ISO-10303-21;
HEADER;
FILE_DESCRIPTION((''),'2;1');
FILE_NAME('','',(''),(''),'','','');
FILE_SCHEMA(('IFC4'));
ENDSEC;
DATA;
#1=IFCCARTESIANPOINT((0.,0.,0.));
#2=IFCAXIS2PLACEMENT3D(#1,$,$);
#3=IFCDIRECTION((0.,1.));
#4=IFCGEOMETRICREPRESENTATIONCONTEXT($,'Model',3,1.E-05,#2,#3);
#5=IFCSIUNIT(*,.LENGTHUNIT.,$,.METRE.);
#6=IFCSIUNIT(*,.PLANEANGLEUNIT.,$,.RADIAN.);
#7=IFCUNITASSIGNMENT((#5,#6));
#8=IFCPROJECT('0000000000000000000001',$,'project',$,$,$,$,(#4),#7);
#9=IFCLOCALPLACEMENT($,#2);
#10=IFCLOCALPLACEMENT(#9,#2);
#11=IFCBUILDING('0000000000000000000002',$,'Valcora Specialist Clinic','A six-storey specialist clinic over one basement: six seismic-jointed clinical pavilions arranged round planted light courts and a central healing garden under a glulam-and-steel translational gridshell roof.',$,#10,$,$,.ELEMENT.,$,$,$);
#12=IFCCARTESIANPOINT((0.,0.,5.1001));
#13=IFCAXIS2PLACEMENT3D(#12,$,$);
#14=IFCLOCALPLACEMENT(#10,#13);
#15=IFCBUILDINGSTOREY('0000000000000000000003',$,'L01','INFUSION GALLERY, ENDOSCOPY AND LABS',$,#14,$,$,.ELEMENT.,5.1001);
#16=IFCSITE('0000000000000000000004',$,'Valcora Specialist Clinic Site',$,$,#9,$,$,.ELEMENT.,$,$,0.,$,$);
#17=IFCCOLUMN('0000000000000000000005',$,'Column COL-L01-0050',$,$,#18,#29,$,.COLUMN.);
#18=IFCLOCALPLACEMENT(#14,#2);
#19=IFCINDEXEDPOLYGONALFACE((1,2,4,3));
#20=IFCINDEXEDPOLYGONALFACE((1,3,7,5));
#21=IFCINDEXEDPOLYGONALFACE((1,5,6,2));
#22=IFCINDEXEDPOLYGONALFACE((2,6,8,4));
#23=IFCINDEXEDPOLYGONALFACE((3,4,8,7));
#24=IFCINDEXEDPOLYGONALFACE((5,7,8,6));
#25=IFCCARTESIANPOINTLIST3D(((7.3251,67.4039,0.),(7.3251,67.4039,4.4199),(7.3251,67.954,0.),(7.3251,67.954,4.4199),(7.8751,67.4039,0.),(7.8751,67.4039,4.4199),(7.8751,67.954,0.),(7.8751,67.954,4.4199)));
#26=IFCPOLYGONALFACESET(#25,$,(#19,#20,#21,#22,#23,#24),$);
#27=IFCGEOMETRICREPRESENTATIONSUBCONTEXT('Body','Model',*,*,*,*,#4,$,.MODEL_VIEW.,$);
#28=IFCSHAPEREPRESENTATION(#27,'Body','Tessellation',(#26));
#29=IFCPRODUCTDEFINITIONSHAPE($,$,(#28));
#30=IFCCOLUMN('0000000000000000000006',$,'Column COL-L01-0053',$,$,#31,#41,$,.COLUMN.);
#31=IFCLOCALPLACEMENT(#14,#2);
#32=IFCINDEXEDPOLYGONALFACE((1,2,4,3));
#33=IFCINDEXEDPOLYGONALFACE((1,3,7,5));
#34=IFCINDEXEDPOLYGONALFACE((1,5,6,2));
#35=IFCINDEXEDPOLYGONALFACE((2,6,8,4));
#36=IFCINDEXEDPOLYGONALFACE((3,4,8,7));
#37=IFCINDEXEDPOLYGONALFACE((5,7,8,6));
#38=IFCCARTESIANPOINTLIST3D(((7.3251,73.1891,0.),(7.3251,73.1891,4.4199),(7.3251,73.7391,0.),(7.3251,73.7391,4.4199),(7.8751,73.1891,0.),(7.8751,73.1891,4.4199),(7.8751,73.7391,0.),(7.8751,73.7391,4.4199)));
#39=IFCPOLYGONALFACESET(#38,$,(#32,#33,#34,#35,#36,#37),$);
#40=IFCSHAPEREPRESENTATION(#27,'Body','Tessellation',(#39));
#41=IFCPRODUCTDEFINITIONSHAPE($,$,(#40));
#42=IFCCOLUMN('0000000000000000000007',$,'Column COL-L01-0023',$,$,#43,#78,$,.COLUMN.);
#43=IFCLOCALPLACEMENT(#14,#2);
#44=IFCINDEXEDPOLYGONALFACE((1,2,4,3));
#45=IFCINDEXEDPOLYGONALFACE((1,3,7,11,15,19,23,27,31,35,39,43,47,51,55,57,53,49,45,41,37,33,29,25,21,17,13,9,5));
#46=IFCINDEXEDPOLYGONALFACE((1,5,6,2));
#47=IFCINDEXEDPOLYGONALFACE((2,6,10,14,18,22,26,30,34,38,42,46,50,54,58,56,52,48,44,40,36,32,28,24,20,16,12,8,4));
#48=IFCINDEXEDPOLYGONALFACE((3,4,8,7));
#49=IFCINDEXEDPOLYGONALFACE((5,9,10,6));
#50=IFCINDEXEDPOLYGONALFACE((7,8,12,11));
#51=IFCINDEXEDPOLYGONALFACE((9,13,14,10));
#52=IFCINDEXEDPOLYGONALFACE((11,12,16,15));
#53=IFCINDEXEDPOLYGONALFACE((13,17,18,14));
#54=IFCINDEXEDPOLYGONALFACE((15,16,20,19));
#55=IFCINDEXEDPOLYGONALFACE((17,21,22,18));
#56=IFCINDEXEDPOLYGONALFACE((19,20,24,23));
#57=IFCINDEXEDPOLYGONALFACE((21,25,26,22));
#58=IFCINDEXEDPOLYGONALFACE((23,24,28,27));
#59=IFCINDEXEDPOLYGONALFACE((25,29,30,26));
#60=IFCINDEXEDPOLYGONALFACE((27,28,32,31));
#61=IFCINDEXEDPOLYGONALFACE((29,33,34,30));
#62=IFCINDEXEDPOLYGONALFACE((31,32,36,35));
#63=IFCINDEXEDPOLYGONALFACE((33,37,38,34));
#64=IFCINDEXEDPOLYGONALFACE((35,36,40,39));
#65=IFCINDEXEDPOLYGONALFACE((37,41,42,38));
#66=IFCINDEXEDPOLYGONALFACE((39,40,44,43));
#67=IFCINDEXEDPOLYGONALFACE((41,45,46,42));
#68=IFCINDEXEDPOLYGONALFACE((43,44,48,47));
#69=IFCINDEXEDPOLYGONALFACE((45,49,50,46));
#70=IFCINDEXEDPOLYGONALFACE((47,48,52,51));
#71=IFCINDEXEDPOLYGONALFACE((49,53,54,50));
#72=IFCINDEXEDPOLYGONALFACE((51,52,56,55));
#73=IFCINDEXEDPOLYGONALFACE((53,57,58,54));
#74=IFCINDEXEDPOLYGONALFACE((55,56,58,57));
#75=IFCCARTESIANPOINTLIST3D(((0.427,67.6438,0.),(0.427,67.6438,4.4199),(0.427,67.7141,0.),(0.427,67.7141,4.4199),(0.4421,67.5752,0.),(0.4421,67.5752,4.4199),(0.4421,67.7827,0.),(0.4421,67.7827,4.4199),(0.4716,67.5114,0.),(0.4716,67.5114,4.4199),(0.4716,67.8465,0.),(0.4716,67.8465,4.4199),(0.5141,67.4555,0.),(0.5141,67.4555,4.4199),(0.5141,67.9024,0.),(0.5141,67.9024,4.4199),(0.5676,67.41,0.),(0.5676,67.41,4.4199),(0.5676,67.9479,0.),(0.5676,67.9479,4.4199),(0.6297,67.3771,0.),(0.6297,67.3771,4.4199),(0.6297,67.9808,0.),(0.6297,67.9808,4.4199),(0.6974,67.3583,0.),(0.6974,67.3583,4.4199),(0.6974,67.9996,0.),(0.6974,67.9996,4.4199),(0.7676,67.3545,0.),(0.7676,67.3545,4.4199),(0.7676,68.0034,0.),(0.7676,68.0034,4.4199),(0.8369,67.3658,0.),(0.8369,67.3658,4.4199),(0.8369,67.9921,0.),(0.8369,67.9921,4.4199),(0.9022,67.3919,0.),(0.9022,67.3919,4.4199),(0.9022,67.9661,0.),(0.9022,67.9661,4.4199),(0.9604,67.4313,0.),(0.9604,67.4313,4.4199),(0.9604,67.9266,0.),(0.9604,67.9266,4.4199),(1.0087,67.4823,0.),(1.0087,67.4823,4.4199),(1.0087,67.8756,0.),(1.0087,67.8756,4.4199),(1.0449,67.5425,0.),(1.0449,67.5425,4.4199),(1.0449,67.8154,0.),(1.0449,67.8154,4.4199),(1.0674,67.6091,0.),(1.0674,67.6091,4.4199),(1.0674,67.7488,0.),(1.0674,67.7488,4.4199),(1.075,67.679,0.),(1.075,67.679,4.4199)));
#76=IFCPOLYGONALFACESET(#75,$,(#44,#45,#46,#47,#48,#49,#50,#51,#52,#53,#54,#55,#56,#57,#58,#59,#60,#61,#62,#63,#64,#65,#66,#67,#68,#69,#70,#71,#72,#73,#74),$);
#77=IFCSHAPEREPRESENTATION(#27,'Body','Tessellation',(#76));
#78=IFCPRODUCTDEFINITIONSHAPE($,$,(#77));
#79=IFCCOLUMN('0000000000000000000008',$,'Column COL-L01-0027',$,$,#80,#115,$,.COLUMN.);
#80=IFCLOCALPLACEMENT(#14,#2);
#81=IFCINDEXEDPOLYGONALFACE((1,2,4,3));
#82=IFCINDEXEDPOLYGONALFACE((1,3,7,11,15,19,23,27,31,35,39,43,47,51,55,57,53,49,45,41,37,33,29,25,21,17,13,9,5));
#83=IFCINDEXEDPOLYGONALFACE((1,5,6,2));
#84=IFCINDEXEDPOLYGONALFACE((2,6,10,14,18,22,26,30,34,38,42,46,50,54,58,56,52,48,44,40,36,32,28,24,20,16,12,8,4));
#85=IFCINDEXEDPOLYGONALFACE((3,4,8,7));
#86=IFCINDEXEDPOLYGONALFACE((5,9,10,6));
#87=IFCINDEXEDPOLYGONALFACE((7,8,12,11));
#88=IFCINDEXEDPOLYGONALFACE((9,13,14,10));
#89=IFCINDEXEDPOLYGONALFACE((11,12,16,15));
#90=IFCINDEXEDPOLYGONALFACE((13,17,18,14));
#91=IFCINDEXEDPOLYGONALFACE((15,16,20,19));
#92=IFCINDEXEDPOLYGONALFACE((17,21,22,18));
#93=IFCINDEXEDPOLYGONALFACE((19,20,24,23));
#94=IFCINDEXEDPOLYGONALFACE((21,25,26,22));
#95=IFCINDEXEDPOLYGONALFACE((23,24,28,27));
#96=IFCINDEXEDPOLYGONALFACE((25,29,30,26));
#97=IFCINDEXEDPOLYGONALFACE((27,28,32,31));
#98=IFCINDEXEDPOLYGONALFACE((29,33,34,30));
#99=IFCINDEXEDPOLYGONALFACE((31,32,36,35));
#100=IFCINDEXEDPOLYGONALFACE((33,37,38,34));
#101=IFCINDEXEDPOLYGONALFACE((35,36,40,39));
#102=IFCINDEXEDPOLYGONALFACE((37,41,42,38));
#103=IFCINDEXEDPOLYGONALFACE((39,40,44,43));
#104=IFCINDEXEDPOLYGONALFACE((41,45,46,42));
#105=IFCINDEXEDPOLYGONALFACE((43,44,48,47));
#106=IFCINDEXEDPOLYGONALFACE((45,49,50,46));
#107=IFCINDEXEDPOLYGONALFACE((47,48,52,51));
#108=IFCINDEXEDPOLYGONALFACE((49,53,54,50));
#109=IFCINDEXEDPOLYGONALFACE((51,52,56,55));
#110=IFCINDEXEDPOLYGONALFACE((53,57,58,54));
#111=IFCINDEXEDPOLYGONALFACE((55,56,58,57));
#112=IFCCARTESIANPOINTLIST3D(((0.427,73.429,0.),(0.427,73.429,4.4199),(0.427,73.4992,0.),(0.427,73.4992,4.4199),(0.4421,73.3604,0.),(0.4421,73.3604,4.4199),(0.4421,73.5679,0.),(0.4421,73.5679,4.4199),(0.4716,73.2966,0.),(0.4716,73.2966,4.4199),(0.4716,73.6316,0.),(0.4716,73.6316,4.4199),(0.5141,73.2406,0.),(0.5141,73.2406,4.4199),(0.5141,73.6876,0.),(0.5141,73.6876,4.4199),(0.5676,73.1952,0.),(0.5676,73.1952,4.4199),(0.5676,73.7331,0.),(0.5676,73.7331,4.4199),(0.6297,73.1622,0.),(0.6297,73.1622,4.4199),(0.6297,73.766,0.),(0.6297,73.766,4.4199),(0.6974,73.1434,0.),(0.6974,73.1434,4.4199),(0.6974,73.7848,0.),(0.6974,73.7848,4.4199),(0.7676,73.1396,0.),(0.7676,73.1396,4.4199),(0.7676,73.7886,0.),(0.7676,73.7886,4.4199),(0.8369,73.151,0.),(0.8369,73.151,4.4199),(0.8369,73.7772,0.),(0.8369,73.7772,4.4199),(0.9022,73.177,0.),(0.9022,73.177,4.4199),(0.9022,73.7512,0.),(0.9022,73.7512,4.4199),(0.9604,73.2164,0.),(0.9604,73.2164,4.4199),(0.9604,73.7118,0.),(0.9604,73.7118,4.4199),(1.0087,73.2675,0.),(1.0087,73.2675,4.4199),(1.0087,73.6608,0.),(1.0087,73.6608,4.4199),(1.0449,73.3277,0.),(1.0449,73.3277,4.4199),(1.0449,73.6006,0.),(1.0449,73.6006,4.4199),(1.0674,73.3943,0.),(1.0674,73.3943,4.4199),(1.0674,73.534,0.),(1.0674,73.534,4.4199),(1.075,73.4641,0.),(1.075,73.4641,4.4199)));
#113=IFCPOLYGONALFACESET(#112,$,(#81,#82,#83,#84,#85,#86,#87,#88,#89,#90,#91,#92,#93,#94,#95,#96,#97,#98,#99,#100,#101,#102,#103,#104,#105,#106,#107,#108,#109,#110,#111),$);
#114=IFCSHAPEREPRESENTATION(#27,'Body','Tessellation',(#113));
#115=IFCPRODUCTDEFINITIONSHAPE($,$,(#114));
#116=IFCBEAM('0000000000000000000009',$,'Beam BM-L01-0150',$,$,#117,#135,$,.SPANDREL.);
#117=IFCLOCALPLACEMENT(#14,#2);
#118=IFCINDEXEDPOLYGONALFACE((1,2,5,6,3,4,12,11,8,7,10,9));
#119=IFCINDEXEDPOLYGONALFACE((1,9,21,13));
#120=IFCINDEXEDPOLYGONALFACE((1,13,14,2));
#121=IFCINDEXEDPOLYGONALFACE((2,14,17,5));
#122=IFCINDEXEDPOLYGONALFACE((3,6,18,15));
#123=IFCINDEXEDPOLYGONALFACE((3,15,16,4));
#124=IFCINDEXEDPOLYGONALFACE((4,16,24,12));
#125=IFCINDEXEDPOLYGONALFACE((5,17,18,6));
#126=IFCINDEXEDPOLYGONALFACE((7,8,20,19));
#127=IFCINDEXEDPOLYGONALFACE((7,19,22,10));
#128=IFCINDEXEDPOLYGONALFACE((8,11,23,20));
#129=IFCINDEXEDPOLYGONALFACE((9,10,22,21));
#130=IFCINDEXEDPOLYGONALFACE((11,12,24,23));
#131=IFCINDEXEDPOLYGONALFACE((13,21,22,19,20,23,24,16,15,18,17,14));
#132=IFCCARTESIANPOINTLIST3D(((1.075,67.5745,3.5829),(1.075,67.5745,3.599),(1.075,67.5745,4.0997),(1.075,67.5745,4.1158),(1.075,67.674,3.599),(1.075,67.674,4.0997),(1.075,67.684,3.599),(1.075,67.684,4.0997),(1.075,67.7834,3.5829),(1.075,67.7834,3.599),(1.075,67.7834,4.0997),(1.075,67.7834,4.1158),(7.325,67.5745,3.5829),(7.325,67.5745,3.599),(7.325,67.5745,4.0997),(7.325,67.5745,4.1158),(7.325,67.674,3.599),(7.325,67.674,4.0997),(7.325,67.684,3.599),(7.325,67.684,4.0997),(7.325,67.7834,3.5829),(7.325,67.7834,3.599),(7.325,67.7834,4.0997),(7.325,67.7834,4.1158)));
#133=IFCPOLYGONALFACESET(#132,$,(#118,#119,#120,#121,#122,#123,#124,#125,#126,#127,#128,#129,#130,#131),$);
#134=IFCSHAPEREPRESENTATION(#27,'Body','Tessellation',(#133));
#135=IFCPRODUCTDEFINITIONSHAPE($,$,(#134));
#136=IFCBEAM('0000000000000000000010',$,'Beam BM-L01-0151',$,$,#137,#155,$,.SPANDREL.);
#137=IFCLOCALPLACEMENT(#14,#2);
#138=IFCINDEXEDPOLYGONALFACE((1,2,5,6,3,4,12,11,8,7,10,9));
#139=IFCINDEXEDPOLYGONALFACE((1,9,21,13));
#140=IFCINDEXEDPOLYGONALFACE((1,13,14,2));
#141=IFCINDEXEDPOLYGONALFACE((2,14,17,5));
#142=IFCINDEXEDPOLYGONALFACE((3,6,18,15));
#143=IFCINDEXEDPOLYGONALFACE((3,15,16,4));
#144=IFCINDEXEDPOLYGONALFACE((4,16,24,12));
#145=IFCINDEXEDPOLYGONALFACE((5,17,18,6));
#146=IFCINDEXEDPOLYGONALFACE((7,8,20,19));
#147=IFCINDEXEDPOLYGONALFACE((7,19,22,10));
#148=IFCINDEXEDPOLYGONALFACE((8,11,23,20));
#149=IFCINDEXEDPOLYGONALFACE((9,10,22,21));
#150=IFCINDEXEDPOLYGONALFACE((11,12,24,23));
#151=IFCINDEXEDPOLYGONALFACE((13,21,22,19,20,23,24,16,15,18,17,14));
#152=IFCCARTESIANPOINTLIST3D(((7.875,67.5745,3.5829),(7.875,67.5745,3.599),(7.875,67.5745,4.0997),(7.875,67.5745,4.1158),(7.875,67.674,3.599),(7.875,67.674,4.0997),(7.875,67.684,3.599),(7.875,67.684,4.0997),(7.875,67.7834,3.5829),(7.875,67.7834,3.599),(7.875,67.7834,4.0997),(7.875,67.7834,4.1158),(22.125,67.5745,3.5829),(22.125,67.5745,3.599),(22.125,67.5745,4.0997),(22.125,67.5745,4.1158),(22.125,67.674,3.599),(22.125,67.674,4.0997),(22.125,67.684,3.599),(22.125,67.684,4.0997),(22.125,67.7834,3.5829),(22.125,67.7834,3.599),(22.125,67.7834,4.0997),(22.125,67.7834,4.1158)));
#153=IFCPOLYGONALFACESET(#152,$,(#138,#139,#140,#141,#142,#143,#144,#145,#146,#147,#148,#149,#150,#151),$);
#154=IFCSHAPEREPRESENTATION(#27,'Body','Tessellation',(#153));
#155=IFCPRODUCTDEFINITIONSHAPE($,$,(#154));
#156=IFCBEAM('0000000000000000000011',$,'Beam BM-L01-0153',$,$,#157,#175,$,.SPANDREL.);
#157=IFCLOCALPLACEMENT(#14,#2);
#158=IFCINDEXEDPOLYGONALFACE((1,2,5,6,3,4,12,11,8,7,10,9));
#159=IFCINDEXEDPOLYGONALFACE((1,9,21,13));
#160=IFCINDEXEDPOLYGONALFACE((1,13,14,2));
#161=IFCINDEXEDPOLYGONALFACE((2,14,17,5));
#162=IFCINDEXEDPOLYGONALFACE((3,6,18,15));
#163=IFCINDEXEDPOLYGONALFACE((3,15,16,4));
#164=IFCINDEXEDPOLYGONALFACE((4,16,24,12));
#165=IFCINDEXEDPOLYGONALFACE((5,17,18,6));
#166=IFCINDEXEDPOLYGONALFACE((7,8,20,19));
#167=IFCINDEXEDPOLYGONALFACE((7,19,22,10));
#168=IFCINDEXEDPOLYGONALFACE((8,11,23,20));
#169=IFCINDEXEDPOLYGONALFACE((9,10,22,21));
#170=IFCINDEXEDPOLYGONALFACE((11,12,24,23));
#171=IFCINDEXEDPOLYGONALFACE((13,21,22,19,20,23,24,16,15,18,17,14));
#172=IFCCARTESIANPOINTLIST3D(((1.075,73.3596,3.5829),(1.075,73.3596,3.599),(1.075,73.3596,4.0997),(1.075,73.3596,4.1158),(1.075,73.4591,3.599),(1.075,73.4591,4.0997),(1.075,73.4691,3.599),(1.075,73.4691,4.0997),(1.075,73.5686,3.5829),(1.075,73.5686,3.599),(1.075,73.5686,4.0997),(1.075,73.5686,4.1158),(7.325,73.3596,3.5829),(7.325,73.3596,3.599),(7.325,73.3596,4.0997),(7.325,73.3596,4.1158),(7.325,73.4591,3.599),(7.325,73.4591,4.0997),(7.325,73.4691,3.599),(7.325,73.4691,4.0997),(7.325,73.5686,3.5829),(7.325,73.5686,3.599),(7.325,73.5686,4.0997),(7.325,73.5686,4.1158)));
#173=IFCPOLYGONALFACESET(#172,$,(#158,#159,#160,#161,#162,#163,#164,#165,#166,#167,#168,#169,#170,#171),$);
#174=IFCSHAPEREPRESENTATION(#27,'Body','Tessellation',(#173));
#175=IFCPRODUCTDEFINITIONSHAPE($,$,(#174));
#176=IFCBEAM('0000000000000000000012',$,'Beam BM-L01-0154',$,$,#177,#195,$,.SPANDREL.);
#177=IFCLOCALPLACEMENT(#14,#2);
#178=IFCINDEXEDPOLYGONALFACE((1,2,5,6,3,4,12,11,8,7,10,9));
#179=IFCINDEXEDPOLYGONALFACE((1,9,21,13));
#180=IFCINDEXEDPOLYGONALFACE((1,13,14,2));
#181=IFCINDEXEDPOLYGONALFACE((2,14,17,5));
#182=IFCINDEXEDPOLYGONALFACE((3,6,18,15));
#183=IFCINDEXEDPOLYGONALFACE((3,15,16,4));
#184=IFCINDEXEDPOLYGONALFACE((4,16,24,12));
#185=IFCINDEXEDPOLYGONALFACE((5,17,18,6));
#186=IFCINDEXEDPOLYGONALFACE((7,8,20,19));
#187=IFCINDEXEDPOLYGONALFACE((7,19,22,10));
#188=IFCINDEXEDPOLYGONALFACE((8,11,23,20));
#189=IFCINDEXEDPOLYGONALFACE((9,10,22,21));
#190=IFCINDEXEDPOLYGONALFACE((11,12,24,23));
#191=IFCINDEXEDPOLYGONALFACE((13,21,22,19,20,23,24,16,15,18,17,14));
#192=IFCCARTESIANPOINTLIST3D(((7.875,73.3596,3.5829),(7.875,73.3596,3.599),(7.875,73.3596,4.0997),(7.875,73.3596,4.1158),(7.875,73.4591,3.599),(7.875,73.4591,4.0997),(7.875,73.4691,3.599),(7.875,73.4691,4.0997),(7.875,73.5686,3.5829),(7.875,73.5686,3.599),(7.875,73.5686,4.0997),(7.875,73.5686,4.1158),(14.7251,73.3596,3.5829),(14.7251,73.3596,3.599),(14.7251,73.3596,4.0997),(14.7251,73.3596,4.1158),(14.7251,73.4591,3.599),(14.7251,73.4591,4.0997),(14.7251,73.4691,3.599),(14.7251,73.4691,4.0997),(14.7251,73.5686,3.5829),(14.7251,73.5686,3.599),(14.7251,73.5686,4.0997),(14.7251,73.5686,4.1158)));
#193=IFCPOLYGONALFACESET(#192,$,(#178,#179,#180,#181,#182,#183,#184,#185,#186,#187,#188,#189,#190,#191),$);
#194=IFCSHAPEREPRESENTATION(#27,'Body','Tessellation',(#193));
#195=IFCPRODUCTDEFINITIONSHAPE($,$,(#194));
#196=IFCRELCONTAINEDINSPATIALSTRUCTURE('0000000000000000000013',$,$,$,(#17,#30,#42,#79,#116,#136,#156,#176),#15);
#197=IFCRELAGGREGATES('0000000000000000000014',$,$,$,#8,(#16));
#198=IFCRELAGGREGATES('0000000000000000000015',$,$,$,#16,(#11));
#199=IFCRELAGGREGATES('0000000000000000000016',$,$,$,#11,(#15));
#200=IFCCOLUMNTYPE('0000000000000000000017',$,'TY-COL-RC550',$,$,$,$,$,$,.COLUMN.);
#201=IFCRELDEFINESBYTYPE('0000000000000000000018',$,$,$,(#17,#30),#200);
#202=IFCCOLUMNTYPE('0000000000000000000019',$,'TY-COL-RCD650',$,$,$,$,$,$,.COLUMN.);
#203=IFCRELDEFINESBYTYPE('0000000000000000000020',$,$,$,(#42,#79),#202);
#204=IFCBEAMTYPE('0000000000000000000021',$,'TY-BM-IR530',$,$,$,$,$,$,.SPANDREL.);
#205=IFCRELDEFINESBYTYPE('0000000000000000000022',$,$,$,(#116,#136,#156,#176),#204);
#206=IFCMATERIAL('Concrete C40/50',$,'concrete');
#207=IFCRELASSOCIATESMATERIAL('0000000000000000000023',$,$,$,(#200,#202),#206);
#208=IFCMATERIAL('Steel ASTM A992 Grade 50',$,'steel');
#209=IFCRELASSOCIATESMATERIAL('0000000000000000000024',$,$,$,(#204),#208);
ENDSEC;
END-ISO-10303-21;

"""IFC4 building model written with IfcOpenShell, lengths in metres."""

from ifc_helpers import new_model, si_unit, direction, frame, origin, origin_2d, place, context, subcontext, project, spatial, rectangle, circle, i_section, extrude, material, material_profile, profile_set, type_object, element, save


model = new_model("IFC4")

# Units and contexts
model_context = context("Model", 3, precision=1e-05, world=origin(), true_north=direction((0.0, 1.0)))
body_context = subcontext(model_context, "Body", "Model", "MODEL_VIEW")
ifc_project = project(units=[si_unit("LENGTHUNIT", "METRE"), si_unit("PLANEANGLEUNIT", "RADIAN")], contexts=[model_context])

# Site, building, storey
site_placement = place(None, origin())
site = spatial("IfcSite", under=ifc_project, at=site_placement, Name="Valcora Specialist Clinic Site", CompositionType="ELEMENT", RefElevation=0.0)
building_placement = place(site_placement, origin())
building = spatial("IfcBuilding", under=site, at=building_placement, Name="Valcora Specialist Clinic", Description="A six-storey specialist clinic over one basement: six seismic-jointed clinical pavilions arranged round planted light courts and a central healing garden under a glulam-and-steel translational gridshell roof.", CompositionType="ELEMENT")
storey_placement = place(building_placement, frame((0.0, 0.0, 5.1001)))
storey = spatial("IfcBuildingStorey", under=building, at=storey_placement, Name="L01", Description="INFUSION GALLERY, ENDOSCOPY AND LABS", CompositionType="ELEMENT", Elevation=5.1001)

# Columns
ifc_material_1 = material(Name="Concrete C40/50", Category="concrete")
ifc_material_profile_1 = material_profile(ifc_material_1, rectangle(XDim=0.55, YDim=0.55, at=origin_2d()), Name="RC-COL-550X550")
ifc_profile_set_1 = profile_set([ifc_material_profile_1], Name="Concrete C40/50")
column_type_1 = type_object("IfcColumnType", Name="TY-COL-RC550", PredefinedType="COLUMN", material=ifc_profile_set_1)
for number, where, z_axis, x_axis, name in (
    (1, (7.6001, 67.679, 0.0), (0.0, 0.0, 1.0), (1.0, 0.0, 0.0), "Column COL-L01-0050"),
    (2, (7.6001, 73.4641, 0.0), (0.0, 0.0, 1.0), (1.0, 0.0, 0.0), "Column COL-L01-0053"),
):
    element("IfcColumn", number, at=place(storey_placement, frame(where, z_axis=z_axis, x_axis=x_axis)), inside=storey, type_object=column_type_1, Name=name, PredefinedType="COLUMN", context=body_context, shape_type="SweptSolid", body=[
        extrude(rectangle(XDim=0.55, YDim=0.55, at=origin_2d()), origin(), (0.0, 0.0, 1.0), 4.4199),
    ])
ifc_material_profile_2 = material_profile(ifc_material_1, circle(Radius=0.325, at=origin_2d()), Name="RC-COL-D650")
ifc_profile_set_2 = profile_set([ifc_material_profile_2], Name="Concrete C40/50")
column_type_2 = type_object("IfcColumnType", Name="TY-COL-RCD650", PredefinedType="COLUMN", material=ifc_profile_set_2)
for number, where, z_axis, x_axis, name in (
    (3, (0.75, 67.679, 0.0), (0.0, 0.0, 1.0), (1.0, 0.0, 0.0), "Column COL-L01-0023"),
    (4, (0.75, 73.4641, 0.0), (0.0, 0.0, 1.0), (1.0, 0.0, 0.0), "Column COL-L01-0027"),
):
    element("IfcColumn", number, at=place(storey_placement, frame(where, z_axis=z_axis, x_axis=x_axis)), inside=storey, type_object=column_type_2, Name=name, PredefinedType="COLUMN", context=body_context, shape_type="SweptSolid", body=[
        extrude(circle(Radius=0.325, at=origin_2d()), origin(), (0.0, 0.0, 1.0), 4.4199),
    ])

# Beams
ifc_material_2 = material(Name="Steel ASTM A992 Grade 50", Category="steel")
ifc_material_profile_3 = material_profile(ifc_material_2, i_section(OverallWidth=0.209, OverallDepth=0.533, WebThickness=0.01, FlangeThickness=0.0161, at=origin_2d()), Name="ST-IR-530X210")
ifc_profile_set_3 = profile_set([ifc_material_profile_3], Name="Steel ASTM A992 Grade 50")
beam_type_1 = type_object("IfcBeamType", Name="TY-BM-IR530", PredefinedType="SPANDREL", material=ifc_profile_set_3)
beam_1_placement = place(storey_placement, frame((1.075, 67.679, 3.8494), z_axis=(1.0, 0.0, 0.0), x_axis=(0.0, 1.0, 0.0)))
element("IfcBeam", 5, at=beam_1_placement, inside=storey, type_object=beam_type_1, Name="Beam BM-L01-0150", PredefinedType="SPANDREL", context=body_context, shape_type="SweptSolid", body=[
    extrude(i_section(OverallWidth=0.209, OverallDepth=0.533, WebThickness=0.01, FlangeThickness=0.0161, at=origin_2d()), origin(), (0.0, 0.0, 1.0), 6.25),
])
beam_2_placement = place(storey_placement, frame((7.875, 67.679, 3.8494), z_axis=(1.0, 0.0, 0.0), x_axis=(0.0, 1.0, 0.0)))
element("IfcBeam", 6, at=beam_2_placement, inside=storey, type_object=beam_type_1, Name="Beam BM-L01-0151", PredefinedType="SPANDREL", context=body_context, shape_type="SweptSolid", body=[
    extrude(i_section(OverallWidth=0.209, OverallDepth=0.533, WebThickness=0.01, FlangeThickness=0.0161, at=origin_2d()), origin(), (0.0, 0.0, 1.0), 14.25),
])
beam_3_placement = place(storey_placement, frame((1.075, 73.4641, 3.8494), z_axis=(1.0, 0.0, 0.0), x_axis=(0.0, 1.0, 0.0)))
element("IfcBeam", 7, at=beam_3_placement, inside=storey, type_object=beam_type_1, Name="Beam BM-L01-0153", PredefinedType="SPANDREL", context=body_context, shape_type="SweptSolid", body=[
    extrude(i_section(OverallWidth=0.209, OverallDepth=0.533, WebThickness=0.01, FlangeThickness=0.0161, at=origin_2d()), origin(), (0.0, 0.0, 1.0), 6.25),
])
beam_4_placement = place(storey_placement, frame((7.875, 73.4641, 3.8494), z_axis=(1.0, 0.0, 0.0), x_axis=(0.0, 1.0, 0.0)))
element("IfcBeam", 8, at=beam_4_placement, inside=storey, type_object=beam_type_1, Name="Beam BM-L01-0154", PredefinedType="SPANDREL", context=body_context, shape_type="SweptSolid", body=[
    extrude(i_section(OverallWidth=0.209, OverallDepth=0.533, WebThickness=0.01, FlangeThickness=0.0161, at=origin_2d()), origin(), (0.0, 0.0, 1.0), 6.8501),
])

save(model, "model.ifc")
